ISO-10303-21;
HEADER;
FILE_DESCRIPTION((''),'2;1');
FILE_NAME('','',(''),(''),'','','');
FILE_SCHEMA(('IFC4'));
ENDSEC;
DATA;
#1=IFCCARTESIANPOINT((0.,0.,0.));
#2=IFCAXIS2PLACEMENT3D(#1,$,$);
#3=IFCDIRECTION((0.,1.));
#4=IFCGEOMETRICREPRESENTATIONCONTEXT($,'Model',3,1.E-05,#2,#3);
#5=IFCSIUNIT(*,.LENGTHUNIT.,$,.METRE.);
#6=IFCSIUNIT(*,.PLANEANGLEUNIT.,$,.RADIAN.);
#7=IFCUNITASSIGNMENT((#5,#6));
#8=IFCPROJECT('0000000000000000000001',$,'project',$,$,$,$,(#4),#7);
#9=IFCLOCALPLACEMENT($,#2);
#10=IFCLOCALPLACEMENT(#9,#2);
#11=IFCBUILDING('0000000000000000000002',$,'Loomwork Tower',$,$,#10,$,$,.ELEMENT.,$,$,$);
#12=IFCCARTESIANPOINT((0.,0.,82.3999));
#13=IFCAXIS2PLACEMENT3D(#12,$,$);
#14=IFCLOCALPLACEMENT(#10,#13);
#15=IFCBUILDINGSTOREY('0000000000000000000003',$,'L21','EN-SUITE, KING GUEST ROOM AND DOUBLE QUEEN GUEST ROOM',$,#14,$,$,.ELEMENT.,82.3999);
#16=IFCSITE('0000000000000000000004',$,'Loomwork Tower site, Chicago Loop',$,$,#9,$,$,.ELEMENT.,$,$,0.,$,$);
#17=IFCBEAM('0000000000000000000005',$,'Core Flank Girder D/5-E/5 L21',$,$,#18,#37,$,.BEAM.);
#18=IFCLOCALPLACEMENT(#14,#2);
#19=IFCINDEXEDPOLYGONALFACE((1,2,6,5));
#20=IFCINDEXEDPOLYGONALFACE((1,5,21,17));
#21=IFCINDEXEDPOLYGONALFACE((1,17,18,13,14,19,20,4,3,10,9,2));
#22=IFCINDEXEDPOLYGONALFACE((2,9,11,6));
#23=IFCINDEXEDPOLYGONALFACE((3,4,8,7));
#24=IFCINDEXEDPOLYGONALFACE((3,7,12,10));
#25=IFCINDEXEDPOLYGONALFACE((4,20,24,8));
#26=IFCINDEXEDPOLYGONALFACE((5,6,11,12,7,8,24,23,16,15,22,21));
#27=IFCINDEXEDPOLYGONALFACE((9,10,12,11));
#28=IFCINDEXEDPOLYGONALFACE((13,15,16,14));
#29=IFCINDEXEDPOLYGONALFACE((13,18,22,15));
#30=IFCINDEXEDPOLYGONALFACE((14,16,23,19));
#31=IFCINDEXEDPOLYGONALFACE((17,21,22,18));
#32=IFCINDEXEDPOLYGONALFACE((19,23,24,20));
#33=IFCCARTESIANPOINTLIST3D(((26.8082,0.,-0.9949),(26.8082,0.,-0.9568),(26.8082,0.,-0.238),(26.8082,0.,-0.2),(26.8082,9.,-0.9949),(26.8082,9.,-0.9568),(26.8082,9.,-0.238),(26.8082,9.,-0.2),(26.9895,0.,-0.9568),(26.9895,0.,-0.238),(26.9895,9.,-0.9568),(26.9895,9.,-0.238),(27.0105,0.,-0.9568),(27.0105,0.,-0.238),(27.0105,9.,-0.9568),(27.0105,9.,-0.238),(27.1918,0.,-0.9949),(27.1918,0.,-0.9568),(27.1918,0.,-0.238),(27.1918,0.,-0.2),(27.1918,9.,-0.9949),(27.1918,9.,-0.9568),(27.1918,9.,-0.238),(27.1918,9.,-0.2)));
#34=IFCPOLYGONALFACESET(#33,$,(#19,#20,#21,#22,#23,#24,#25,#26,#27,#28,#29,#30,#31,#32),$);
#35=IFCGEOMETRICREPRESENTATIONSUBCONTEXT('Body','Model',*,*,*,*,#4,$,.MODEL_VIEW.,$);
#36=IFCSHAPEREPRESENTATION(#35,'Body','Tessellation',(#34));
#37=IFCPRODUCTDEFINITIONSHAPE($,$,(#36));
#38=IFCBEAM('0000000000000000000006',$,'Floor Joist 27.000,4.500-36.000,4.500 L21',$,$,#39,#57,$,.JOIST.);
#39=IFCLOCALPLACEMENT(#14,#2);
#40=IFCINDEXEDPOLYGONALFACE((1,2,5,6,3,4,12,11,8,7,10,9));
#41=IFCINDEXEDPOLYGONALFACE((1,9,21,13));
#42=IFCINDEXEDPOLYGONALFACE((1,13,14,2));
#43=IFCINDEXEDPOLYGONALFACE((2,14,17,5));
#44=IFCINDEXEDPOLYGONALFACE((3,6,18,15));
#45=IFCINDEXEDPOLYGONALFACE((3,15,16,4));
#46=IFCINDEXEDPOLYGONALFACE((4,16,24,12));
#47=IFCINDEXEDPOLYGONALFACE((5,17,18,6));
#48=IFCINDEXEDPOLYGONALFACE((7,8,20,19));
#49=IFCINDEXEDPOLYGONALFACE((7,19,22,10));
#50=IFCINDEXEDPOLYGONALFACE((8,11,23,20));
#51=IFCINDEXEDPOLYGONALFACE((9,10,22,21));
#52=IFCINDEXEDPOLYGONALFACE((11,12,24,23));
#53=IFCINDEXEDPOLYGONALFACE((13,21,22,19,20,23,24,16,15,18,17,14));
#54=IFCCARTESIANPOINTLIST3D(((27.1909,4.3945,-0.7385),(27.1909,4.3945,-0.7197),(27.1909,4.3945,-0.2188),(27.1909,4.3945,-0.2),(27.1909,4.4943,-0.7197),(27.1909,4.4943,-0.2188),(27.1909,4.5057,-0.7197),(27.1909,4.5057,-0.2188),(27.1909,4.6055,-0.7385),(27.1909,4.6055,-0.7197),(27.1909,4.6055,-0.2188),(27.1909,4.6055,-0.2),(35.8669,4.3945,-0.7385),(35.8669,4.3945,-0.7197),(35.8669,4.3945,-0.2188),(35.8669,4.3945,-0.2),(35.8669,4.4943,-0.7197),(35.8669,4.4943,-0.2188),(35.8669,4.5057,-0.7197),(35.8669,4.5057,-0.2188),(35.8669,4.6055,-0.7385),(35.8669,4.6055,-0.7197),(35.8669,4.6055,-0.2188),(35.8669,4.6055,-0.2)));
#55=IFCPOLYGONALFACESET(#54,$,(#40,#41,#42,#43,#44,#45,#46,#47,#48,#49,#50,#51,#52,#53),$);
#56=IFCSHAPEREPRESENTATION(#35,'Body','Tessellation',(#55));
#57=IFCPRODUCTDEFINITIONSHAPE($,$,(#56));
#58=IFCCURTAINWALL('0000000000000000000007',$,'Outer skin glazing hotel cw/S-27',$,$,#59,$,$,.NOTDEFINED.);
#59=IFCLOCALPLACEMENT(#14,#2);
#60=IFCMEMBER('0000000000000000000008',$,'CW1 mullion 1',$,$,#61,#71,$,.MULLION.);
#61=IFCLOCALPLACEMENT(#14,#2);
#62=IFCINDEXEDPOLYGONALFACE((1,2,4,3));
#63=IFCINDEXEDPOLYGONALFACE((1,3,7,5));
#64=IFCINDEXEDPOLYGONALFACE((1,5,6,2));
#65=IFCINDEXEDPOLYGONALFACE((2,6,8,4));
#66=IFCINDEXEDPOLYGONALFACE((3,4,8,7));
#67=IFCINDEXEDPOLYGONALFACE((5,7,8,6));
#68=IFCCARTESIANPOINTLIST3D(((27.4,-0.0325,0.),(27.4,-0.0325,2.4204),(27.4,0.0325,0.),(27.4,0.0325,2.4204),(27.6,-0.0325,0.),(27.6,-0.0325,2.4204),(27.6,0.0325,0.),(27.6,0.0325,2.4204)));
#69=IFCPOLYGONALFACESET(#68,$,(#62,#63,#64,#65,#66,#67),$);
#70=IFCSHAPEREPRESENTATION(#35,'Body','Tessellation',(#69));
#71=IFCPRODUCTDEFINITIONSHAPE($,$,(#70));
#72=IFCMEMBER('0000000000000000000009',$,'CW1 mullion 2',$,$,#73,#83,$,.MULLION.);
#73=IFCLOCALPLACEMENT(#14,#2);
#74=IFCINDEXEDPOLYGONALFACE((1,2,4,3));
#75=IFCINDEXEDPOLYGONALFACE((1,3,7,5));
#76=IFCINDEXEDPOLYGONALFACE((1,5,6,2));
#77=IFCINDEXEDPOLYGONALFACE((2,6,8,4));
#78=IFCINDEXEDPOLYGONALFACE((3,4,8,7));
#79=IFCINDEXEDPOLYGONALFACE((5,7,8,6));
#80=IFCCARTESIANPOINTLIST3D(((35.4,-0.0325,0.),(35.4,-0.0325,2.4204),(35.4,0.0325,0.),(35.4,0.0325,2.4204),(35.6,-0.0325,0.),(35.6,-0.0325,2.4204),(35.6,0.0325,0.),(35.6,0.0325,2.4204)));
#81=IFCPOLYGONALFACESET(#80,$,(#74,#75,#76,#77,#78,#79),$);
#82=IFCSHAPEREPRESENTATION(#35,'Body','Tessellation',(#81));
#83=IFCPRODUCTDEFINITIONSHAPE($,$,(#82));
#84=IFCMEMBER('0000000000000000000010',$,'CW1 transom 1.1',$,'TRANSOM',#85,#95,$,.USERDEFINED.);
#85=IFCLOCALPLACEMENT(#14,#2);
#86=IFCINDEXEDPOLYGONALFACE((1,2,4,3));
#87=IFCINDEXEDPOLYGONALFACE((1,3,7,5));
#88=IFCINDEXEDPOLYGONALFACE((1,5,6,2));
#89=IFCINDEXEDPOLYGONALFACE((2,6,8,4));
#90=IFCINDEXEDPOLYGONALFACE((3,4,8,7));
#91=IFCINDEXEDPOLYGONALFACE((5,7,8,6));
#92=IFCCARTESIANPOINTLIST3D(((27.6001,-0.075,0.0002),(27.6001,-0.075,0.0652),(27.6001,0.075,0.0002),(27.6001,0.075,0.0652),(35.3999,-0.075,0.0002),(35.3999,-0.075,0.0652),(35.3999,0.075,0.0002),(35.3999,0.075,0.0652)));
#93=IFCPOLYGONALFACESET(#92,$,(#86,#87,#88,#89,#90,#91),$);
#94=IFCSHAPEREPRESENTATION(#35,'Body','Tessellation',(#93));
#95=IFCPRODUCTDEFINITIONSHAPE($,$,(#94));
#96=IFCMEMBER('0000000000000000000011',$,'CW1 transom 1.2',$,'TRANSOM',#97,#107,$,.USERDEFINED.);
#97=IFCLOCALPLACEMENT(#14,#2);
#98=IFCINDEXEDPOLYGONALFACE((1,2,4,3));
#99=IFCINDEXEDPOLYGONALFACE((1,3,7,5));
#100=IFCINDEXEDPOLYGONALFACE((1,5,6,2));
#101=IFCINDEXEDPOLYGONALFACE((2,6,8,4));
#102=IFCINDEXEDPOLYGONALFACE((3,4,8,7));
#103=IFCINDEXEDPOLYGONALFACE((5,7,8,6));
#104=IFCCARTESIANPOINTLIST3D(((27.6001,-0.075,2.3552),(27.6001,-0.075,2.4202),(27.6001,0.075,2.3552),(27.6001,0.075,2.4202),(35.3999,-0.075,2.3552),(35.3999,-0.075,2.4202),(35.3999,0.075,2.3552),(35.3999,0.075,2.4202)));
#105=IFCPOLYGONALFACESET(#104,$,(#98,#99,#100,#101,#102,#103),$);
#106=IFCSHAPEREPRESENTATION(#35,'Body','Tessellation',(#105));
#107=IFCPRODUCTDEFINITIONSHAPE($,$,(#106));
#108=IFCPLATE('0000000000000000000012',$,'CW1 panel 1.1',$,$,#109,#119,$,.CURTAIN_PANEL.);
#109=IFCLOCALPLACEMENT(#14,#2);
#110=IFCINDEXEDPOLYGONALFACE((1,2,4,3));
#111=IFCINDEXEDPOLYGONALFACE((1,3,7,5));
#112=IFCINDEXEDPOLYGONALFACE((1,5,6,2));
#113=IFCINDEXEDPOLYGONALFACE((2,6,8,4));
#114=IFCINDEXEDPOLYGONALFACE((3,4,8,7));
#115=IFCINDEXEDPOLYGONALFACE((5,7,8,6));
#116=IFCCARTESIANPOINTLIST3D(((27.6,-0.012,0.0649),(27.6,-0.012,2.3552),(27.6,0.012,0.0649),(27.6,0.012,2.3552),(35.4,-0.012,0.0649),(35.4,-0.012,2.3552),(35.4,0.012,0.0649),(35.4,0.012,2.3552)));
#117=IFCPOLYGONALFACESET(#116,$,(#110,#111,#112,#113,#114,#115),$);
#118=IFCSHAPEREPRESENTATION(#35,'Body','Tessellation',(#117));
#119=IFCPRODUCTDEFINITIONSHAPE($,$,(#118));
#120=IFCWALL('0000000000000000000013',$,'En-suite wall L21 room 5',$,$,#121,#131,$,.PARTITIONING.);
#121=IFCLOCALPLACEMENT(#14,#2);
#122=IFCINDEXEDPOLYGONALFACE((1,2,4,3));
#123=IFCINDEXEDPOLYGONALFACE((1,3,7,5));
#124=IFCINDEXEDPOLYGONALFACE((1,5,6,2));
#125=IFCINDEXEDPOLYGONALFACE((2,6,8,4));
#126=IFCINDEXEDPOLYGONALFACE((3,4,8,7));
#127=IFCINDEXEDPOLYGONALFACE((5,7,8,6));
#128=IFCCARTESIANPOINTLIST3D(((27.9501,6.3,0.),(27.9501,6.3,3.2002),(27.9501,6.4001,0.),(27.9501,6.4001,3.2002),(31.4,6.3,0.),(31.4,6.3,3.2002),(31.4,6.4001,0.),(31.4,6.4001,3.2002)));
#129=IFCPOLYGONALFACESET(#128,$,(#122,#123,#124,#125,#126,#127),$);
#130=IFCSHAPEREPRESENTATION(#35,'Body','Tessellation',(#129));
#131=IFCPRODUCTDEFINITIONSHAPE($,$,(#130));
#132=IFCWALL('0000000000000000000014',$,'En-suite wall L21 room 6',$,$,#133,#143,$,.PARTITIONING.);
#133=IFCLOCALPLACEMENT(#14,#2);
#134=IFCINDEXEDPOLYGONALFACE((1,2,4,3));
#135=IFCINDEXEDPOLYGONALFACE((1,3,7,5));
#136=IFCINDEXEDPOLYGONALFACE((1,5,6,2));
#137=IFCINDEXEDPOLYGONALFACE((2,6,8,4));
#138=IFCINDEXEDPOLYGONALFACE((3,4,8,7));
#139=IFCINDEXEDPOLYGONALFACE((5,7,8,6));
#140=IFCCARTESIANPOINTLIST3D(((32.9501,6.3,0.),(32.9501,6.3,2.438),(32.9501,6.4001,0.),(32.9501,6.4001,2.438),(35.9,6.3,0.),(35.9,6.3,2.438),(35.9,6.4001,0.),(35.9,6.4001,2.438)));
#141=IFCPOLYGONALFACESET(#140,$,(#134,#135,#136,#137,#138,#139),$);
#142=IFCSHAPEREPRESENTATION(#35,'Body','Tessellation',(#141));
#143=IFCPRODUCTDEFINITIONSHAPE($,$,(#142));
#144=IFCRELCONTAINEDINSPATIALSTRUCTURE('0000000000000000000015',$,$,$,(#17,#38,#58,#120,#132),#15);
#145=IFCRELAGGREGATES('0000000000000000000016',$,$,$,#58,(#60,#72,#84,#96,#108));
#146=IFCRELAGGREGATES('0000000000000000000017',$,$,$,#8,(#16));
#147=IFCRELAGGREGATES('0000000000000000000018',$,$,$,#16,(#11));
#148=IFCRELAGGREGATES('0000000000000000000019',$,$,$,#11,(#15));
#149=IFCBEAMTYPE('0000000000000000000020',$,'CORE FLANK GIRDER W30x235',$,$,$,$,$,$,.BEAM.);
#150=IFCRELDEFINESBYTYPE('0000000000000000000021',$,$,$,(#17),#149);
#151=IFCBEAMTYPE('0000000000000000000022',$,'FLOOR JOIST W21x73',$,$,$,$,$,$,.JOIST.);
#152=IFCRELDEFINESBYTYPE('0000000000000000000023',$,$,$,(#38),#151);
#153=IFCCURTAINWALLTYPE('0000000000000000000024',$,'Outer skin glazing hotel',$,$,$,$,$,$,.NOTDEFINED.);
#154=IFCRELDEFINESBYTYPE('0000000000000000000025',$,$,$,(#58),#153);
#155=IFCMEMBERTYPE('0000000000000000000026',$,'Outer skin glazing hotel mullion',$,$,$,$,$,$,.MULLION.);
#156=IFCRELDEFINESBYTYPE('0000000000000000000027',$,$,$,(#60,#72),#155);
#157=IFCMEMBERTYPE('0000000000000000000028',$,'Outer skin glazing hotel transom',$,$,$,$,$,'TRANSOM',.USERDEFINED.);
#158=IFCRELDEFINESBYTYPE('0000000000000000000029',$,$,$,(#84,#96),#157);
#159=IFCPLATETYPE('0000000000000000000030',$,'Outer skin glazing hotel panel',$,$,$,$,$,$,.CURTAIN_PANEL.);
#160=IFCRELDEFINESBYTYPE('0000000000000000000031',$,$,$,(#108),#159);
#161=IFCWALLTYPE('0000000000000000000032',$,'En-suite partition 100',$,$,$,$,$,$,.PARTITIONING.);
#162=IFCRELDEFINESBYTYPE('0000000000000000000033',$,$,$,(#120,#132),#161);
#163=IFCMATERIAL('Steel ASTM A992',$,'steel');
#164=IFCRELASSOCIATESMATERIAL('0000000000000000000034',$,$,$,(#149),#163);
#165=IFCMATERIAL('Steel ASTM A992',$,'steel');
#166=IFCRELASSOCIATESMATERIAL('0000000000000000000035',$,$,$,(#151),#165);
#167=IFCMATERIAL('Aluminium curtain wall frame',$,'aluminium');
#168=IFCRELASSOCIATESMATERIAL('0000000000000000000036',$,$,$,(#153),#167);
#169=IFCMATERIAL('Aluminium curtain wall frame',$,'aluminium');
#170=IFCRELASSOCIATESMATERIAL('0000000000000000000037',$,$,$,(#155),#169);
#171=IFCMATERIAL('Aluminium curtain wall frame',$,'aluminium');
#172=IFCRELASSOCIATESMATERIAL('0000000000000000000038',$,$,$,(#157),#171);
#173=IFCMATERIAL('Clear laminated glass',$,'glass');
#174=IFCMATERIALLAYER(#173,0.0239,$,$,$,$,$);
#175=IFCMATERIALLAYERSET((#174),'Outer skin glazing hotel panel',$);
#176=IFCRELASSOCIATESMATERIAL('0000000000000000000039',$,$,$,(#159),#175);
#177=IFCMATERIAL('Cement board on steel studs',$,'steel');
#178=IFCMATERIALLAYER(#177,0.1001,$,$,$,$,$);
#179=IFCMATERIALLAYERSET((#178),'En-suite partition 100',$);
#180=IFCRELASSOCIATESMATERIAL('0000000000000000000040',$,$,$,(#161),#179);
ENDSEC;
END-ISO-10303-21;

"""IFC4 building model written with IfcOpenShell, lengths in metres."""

from ifc_helpers import new_model, si_unit, direction, frame, frame_2d, origin, origin_2d, place, context, subcontext, project, spatial, rectangle, i_section, extrude, material, layer, layer_set, material_profile, profile_set, type_object, element, aggregate, save


model = new_model("IFC4")

# Units and contexts
model_context = context("Model", 3, precision=1e-05, world=origin(), true_north=direction((0.0, 1.0)))
body_context = subcontext(model_context, "Body", "Model", "MODEL_VIEW")
ifc_project = project(units=[si_unit("LENGTHUNIT", "METRE"), si_unit("PLANEANGLEUNIT", "RADIAN")], contexts=[model_context])

# Site, building, storey
site_placement = place(None, origin())
site = spatial("IfcSite", under=ifc_project, at=site_placement, Name="Loomwork Tower site, Chicago Loop", CompositionType="ELEMENT", RefElevation=0.0)
building_placement = place(site_placement, origin())
building = spatial("IfcBuilding", under=site, at=building_placement, Name="Loomwork Tower", CompositionType="ELEMENT")
storey_placement = place(building_placement, frame((0.0, 0.0, 82.3999)))
storey = spatial("IfcBuildingStorey", under=building, at=storey_placement, Name="L21", Description="EN-SUITE, KING GUEST ROOM AND DOUBLE QUEEN GUEST ROOM", CompositionType="ELEMENT", Elevation=82.3999)

# Beams
ifc_material_1 = material(Name="Steel ASTM A992", Category="steel")
ifc_material_profile_1 = material_profile(ifc_material_1, i_section(OverallWidth=0.3835, OverallDepth=0.7949, WebThickness=0.021, FlangeThickness=0.0381, at=origin_2d()), Name="W30x235")
ifc_profile_set_1 = profile_set([ifc_material_profile_1], Name="Steel ASTM A992")
beam_type_1 = type_object("IfcBeamType", Name="CORE FLANK GIRDER W30x235", PredefinedType="BEAM", material=ifc_profile_set_1)
beam_1_placement = place(storey_placement, frame((27.0, 0.0, -0.5974), z_axis=(0.0, 1.0, 0.0), x_axis=(-1.0, 0.0, 0.0)))
element("IfcBeam", 1, at=beam_1_placement, inside=storey, type_object=beam_type_1, Name="Core Flank Girder D/5-E/5 L21", PredefinedType="BEAM", context=body_context, shape_type="SweptSolid", body=[
    extrude(i_section(OverallWidth=0.3835, OverallDepth=0.7949, WebThickness=0.021, FlangeThickness=0.0381, at=origin_2d()), origin(), (0.0, 0.0, 1.0), 9.0),
])
ifc_material_2 = material(Name="Steel ASTM A992", Category="steel")
ifc_material_profile_2 = material_profile(ifc_material_2, i_section(OverallWidth=0.2109, OverallDepth=0.5386, WebThickness=0.0115, FlangeThickness=0.0188, at=origin_2d()), Name="W21x73")
ifc_profile_set_2 = profile_set([ifc_material_profile_2], Name="Steel ASTM A992")
beam_type_2 = type_object("IfcBeamType", Name="FLOOR JOIST W21x73", PredefinedType="JOIST", material=ifc_profile_set_2)
beam_2_placement = place(storey_placement, frame((27.1909, 4.5, -0.4692), z_axis=(1.0, 0.0, 0.0), x_axis=(0.0, 1.0, 0.0)))
element("IfcBeam", 2, at=beam_2_placement, inside=storey, type_object=beam_type_2, Name="Floor Joist 27.000,4.500-36.000,4.500 L21", PredefinedType="JOIST", context=body_context, shape_type="SweptSolid", body=[
    extrude(i_section(OverallWidth=0.2109, OverallDepth=0.5386, WebThickness=0.0115, FlangeThickness=0.0188, at=origin_2d()), origin(), (0.0, 0.0, 1.0), 8.676),
])

# Curtain wall, members, plate
ifc_material_3 = material(Name="Aluminium curtain wall frame", Category="aluminium")
curtain_wall_type = type_object("IfcCurtainWallType", Name="Outer skin glazing hotel", PredefinedType="NOTDEFINED", material=ifc_material_3)
curtain_wall_placement = place(storey_placement, origin())
curtain_wall = element("IfcCurtainWall", 3, at=curtain_wall_placement, inside=storey, type_object=curtain_wall_type, Name="Outer skin glazing hotel cw/S-27", PredefinedType="NOTDEFINED")
ifc_material_4 = material(Name="Aluminium curtain wall frame", Category="aluminium")
ifc_material_profile_3 = material_profile(ifc_material_4, rectangle(XDim=0.0649, YDim=0.2, at=origin_2d()), Name="AL 65x200")
ifc_profile_set_3 = profile_set([ifc_material_profile_3], Name="Aluminium curtain wall frame")
member_type_1 = type_object("IfcMemberType", Name="Outer skin glazing hotel mullion", PredefinedType="MULLION", material=ifc_profile_set_3)
member_1_placement = place(storey_placement, frame((27.5, 0.0, 0.0), z_axis=(0.0, 0.0, 1.0), x_axis=(0.0, 1.0, 0.0)))
member_1 = element("IfcMember", 4, at=member_1_placement, type_object=member_type_1, Name="CW1 mullion 1", PredefinedType="MULLION", context=body_context, shape_type="SweptSolid", body=[
    extrude(rectangle(XDim=0.0649, YDim=0.2, at=origin_2d()), origin(), (0.0, 0.0, 1.0), 2.4204),
])
member_2_placement = place(storey_placement, frame((35.5, 0.0, 0.0), z_axis=(0.0, 0.0, 1.0), x_axis=(0.0, 1.0, 0.0)))
member_2 = element("IfcMember", 5, at=member_2_placement, type_object=member_type_1, Name="CW1 mullion 2", PredefinedType="MULLION", context=body_context, shape_type="SweptSolid", body=[
    extrude(rectangle(XDim=0.0649, YDim=0.2, at=origin_2d()), origin(), (0.0, 0.0, 1.0), 2.4204),
])
ifc_material_5 = material(Name="Aluminium curtain wall frame", Category="aluminium")
ifc_material_profile_4 = material_profile(ifc_material_5, rectangle(XDim=0.1499, YDim=0.0649, at=origin_2d()), Name="AL 65x150")
ifc_profile_set_4 = profile_set([ifc_material_profile_4], Name="Aluminium curtain wall frame")
member_type_2 = type_object("IfcMemberType", Name="Outer skin glazing hotel transom", ElementType="TRANSOM", PredefinedType="USERDEFINED", material=ifc_profile_set_4)
member_3_placement = place(storey_placement, frame((27.6001, 0.0, 0.0327), z_axis=(1.0, 0.0, 0.0), x_axis=(0.0, 1.0, 0.0)))
member_3 = element("IfcMember", 6, at=member_3_placement, type_object=member_type_2, Name="CW1 transom 1.1", ObjectType="TRANSOM", PredefinedType="USERDEFINED", context=body_context, shape_type="SweptSolid", body=[
    extrude(rectangle(XDim=0.1499, YDim=0.0649, at=origin_2d()), origin(), (0.0, 0.0, 1.0), 7.7998),
])
member_4_placement = place(storey_placement, frame((27.6001, 0.0, 2.3877), z_axis=(1.0, 0.0, 0.0), x_axis=(0.0, 1.0, 0.0)))
member_4 = element("IfcMember", 7, at=member_4_placement, type_object=member_type_2, Name="CW1 transom 1.2", ObjectType="TRANSOM", PredefinedType="USERDEFINED", context=body_context, shape_type="SweptSolid", body=[
    extrude(rectangle(XDim=0.1499, YDim=0.0649, at=origin_2d()), origin(), (0.0, 0.0, 1.0), 7.7998),
])
ifc_material_6 = material(Name="Clear laminated glass", Category="glass")
ifc_layer_1 = layer(ifc_material_6, 0.0239)
ifc_layer_set_1 = layer_set([ifc_layer_1], Name="Outer skin glazing hotel panel")
plate_type = type_object("IfcPlateType", Name="Outer skin glazing hotel panel", PredefinedType="CURTAIN_PANEL", material=ifc_layer_set_1)
plate_placement = place(storey_placement, frame((31.5, 0.0, 0.0649), z_axis=(0.0, 0.0, 1.0), x_axis=(1.0, 0.0, 0.0)))
plate = element("IfcPlate", 8, at=plate_placement, type_object=plate_type, Name="CW1 panel 1.1", PredefinedType="CURTAIN_PANEL", context=body_context, shape_type="SweptSolid", body=[
    extrude(rectangle(XDim=7.8, YDim=0.0239, at=origin_2d()), origin(), (0.0, 0.0, 1.0), 2.2903),
])
aggregate(curtain_wall, [member_1, member_2, member_3, member_4, plate])

# Walls
ifc_material_7 = material(Name="Cement board on steel studs", Category="steel")
ifc_layer_2 = layer(ifc_material_7, 0.1001)
ifc_layer_set_2 = layer_set([ifc_layer_2], Name="En-suite partition 100")
wall_type_1 = type_object("IfcWallType", Name="En-suite partition 100", PredefinedType="PARTITIONING", material=ifc_layer_set_2)
wall_1_placement = place(storey_placement, frame((27.95, 6.3501, 0.0), z_axis=(0.0, 0.0, 1.0), x_axis=(1.0, 0.0, 0.0)))
element("IfcWall", 9, at=wall_1_placement, inside=storey, type_object=wall_type_1, Name="En-suite wall L21 room 5", PredefinedType="PARTITIONING", context=body_context, shape_type="SweptSolid", body=[
    extrude(rectangle(XDim=3.45, YDim=0.1001, at=frame_2d((1.7251, 0.0))), origin(), (0.0, 0.0, 1.0), 3.2002),
])
wall_2_placement = place(storey_placement, frame((32.95, 6.3501, 0.0), z_axis=(0.0, 0.0, 1.0), x_axis=(1.0, 0.0, 0.0)))
element("IfcWall", 10, at=wall_2_placement, inside=storey, type_object=wall_type_1, Name="En-suite wall L21 room 6", PredefinedType="PARTITIONING", context=body_context, shape_type="SweptSolid", body=[
    extrude(rectangle(XDim=2.95, YDim=0.1001, at=frame_2d((1.4751, 0.0))), origin(), (0.0, 0.0, 1.0), 2.438),
])

save(model, "model.ifc")
